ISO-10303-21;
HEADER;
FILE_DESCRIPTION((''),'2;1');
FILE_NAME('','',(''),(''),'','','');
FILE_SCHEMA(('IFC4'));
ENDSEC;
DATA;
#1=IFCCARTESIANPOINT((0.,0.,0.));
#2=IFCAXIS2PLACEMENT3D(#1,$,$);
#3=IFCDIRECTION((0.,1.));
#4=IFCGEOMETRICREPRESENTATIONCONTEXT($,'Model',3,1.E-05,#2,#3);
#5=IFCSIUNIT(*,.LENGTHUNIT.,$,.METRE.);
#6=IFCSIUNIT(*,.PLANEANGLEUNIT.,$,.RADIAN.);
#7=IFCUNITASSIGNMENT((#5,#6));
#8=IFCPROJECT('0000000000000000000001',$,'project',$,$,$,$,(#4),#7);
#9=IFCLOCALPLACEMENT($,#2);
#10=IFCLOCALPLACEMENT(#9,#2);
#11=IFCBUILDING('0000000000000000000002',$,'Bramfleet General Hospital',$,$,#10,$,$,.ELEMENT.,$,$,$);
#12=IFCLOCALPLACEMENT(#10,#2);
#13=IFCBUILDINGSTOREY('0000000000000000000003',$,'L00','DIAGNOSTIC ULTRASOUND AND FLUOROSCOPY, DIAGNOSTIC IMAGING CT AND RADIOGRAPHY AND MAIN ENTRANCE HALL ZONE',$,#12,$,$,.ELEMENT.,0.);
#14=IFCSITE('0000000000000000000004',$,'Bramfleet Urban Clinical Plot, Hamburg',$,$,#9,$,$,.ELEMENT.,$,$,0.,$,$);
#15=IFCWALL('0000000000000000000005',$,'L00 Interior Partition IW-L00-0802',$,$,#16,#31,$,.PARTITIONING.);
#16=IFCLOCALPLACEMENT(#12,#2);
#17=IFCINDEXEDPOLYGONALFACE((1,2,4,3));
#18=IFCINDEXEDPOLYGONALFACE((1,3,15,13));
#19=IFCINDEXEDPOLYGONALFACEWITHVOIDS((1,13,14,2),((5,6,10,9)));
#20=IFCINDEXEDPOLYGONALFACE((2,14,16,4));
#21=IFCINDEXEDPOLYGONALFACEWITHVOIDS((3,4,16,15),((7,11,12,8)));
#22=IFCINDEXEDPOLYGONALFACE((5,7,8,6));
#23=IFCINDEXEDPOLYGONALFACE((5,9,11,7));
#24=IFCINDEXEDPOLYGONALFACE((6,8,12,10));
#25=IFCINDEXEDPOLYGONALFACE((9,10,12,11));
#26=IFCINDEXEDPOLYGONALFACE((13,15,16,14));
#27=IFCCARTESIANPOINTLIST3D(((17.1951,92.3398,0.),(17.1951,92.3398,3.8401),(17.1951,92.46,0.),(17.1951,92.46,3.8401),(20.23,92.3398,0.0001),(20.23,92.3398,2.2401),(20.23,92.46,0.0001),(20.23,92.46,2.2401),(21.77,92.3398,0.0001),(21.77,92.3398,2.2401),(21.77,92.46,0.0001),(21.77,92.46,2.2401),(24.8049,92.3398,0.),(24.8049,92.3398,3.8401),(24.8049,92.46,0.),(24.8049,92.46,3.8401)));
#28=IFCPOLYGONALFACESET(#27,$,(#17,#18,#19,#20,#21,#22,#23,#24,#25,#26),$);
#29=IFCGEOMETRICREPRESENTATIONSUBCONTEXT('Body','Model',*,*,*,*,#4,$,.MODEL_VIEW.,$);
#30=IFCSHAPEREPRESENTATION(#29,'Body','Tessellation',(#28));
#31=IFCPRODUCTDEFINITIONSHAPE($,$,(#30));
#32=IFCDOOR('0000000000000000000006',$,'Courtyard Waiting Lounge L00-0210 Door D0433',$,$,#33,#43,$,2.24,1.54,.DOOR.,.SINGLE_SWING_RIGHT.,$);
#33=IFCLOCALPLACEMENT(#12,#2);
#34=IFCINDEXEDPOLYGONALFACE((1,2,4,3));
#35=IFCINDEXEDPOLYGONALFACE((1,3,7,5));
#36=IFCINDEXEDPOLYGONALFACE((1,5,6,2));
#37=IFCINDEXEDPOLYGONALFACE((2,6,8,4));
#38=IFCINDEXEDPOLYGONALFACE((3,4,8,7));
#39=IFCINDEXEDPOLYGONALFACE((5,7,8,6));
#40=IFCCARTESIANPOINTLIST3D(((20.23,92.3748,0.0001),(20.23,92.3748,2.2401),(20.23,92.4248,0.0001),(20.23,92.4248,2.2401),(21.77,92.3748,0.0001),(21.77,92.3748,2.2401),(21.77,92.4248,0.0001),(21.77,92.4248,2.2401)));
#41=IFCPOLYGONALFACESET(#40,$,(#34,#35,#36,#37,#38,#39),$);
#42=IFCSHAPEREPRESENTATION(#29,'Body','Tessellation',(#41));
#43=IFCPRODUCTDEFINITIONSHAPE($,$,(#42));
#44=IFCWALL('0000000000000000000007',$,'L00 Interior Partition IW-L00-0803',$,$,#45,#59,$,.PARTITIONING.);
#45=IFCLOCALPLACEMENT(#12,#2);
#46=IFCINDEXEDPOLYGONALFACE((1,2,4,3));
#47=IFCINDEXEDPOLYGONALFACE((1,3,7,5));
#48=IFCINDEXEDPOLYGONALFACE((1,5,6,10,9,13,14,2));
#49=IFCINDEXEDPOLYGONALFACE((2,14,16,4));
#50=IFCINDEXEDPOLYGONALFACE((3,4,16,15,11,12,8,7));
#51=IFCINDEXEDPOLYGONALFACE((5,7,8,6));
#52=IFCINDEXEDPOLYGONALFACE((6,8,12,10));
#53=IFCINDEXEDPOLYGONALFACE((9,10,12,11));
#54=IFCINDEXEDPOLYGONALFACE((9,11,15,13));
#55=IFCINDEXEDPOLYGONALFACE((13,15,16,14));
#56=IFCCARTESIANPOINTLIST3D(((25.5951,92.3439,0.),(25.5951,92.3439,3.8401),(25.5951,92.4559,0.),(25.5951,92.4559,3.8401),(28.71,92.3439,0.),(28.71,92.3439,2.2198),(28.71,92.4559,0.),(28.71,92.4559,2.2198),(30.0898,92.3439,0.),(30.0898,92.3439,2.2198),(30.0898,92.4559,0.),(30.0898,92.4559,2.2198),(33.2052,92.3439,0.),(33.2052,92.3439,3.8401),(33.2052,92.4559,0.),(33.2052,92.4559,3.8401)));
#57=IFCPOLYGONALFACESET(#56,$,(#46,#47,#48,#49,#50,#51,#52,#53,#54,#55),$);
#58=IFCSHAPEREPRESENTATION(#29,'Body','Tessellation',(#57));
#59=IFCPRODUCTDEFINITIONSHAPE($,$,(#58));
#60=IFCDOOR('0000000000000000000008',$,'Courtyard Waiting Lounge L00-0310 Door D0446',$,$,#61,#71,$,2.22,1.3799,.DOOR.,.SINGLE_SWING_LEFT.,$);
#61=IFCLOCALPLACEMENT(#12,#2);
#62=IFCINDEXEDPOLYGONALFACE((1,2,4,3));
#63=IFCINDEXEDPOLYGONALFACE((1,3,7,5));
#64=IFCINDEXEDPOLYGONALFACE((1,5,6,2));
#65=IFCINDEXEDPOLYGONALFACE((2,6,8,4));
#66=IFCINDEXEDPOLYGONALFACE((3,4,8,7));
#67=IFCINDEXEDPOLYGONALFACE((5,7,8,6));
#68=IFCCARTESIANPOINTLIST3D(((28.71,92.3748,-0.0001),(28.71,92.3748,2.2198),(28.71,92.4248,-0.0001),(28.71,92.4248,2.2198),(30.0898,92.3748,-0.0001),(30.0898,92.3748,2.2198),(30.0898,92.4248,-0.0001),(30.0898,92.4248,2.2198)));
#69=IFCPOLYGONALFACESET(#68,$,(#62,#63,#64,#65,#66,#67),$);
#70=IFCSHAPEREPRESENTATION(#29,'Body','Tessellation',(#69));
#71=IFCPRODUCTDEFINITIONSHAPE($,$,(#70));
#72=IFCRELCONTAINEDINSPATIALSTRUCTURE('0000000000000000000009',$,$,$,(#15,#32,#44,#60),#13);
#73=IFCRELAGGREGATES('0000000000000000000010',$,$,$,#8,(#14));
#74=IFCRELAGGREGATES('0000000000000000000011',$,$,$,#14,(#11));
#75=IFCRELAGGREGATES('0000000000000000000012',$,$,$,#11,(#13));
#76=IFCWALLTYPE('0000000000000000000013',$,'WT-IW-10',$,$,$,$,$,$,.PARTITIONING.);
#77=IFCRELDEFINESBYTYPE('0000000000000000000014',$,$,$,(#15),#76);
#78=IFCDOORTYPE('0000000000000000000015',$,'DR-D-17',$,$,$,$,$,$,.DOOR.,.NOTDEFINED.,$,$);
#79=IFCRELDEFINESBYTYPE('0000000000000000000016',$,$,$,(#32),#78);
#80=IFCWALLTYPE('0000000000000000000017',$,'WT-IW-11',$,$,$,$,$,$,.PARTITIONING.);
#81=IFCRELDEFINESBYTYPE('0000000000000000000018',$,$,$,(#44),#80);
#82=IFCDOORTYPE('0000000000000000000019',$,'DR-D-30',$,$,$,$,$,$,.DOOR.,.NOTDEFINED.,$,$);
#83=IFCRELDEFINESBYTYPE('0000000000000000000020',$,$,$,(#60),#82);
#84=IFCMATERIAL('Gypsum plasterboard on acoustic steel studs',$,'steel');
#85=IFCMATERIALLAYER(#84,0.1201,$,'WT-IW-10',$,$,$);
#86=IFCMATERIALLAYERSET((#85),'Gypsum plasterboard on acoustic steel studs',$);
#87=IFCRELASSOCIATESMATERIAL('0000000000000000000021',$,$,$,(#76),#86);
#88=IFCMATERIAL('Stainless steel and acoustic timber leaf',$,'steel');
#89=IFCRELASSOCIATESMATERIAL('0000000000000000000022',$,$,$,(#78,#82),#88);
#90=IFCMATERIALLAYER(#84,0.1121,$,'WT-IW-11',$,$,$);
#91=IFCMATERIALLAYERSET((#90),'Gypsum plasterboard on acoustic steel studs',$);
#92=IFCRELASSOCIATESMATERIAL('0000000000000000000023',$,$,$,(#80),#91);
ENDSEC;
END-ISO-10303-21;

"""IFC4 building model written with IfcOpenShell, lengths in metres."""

from ifc_helpers import new_model, si_unit, direction, frame, frame_2d, origin, place, context, subcontext, project, spatial, rectangle, extrude, material, layer, layer_set, type_object, element, fill, save


model = new_model("IFC4")

# Units and contexts
model_context = context("Model", 3, precision=1e-05, world=origin(), true_north=direction((0.0, 1.0)))
body_context = subcontext(model_context, "Body", "Model", "MODEL_VIEW")
ifc_project = project(units=[si_unit("LENGTHUNIT", "METRE"), si_unit("PLANEANGLEUNIT", "RADIAN")], contexts=[model_context])

# Site, building, storey
site_placement = place(None, origin())
site = spatial("IfcSite", under=ifc_project, at=site_placement, Name="Bramfleet Urban Clinical Plot, Hamburg", CompositionType="ELEMENT", RefElevation=0.0)
building_placement = place(site_placement, origin())
building = spatial("IfcBuilding", under=site, at=building_placement, Name="Bramfleet General Hospital", CompositionType="ELEMENT")
storey_placement = place(building_placement, origin())
storey = spatial("IfcBuildingStorey", under=building, at=storey_placement, Name="L00", Description="DIAGNOSTIC ULTRASOUND AND FLUOROSCOPY, DIAGNOSTIC IMAGING CT AND RADIOGRAPHY AND MAIN ENTRANCE HALL ZONE", CompositionType="ELEMENT", Elevation=0.0)

# Shared definitions
ifc_material_1 = material(Name="Stainless steel and acoustic timber leaf", Category="steel")

# Walls, openings, doors
ifc_material_2 = material(Name="Gypsum plasterboard on acoustic steel studs", Category="steel")
ifc_layer_1 = layer(ifc_material_2, 0.1201, Name="WT-IW-10")
ifc_layer_set_1 = layer_set([ifc_layer_1], Name="Gypsum plasterboard on acoustic steel studs")
wall_type_1 = type_object("IfcWallType", Name="WT-IW-10", PredefinedType="PARTITIONING", material=ifc_layer_set_1)
wall_1_placement = place(storey_placement, frame((17.1951, 92.3999, 0.0), z_axis=(0.0, 0.0, 1.0), x_axis=(1.0, 0.0, 0.0)))
wall_1 = element("IfcWall", 1, at=wall_1_placement, inside=storey, type_object=wall_type_1, Name="L00 Interior Partition IW-L00-0802", PredefinedType="PARTITIONING", context=body_context, shape_type="SweptSolid", body=[
    extrude(rectangle(XDim=7.6099, YDim=0.1201, at=frame_2d((3.8049, 0.0))), origin(), (0.0, 0.0, 1.0), 3.8401),
])
opening_1_placement = place(wall_1_placement, frame((3.0349, 0.0, 0.0)))
opening_1 = element("IfcOpeningElement", 2, at=opening_1_placement, cuts=wall_1, PredefinedType="OPENING", context=body_context, shape_type="SweptSolid", body=[
    extrude(rectangle(XDim=1.54, YDim=2.24, at=frame_2d((0.77, 1.1201))), frame((0.0, 0.0701, 0.0), z_axis=(0.0, -1.0, 0.0), x_axis=(1.0, 0.0, 0.0)), (0.0, 0.0, 1.0), 0.1401),
])
door_type_1 = type_object("IfcDoorType", Name="DR-D-17", OperationType="NOTDEFINED", PredefinedType="DOOR", material=ifc_material_1)
door_1_placement = place(opening_1_placement, origin())
door_1 = element("IfcDoor", 3, at=door_1_placement, inside=storey, type_object=door_type_1, Name="Courtyard Waiting Lounge L00-0210 Door D0433", OperationType="SINGLE_SWING_RIGHT", OverallHeight=2.24, OverallWidth=1.54, PredefinedType="DOOR", context=body_context, shape_type="SweptSolid", body=[
    extrude(rectangle(XDim=1.54, YDim=2.24, at=frame_2d((0.77, 1.1201))), frame((0.0, 0.0249, 0.0), z_axis=(0.0, -1.0, 0.0), x_axis=(1.0, 0.0, 0.0)), (0.0, 0.0, 1.0), 0.05),
])
fill(opening_1, door_1)
ifc_layer_2 = layer(ifc_material_2, 0.1121, Name="WT-IW-11")
ifc_layer_set_2 = layer_set([ifc_layer_2], Name="Gypsum plasterboard on acoustic steel studs")
wall_type_2 = type_object("IfcWallType", Name="WT-IW-11", PredefinedType="PARTITIONING", material=ifc_layer_set_2)
wall_2_placement = place(storey_placement, frame((25.595, 92.3999, 0.0), z_axis=(0.0, 0.0, 1.0), x_axis=(1.0, 0.0, 0.0)))
wall_2 = element("IfcWall", 4, at=wall_2_placement, inside=storey, type_object=wall_type_2, Name="L00 Interior Partition IW-L00-0803", PredefinedType="PARTITIONING", context=body_context, shape_type="SweptSolid", body=[
    extrude(rectangle(XDim=7.6101, YDim=0.1121, at=frame_2d((3.8052, 0.0))), origin(), (0.0, 0.0, 1.0), 3.8401),
])
opening_2_placement = place(wall_2_placement, frame((3.115, 0.0, 0.0)))
opening_2 = element("IfcOpeningElement", 5, at=opening_2_placement, cuts=wall_2, PredefinedType="OPENING", context=body_context, shape_type="SweptSolid", body=[
    extrude(rectangle(XDim=1.3799, YDim=2.22, at=frame_2d((0.6899, 1.1099))), frame((0.0, 0.0659, 0.0), z_axis=(0.0, -1.0, 0.0), x_axis=(1.0, 0.0, 0.0)), (0.0, 0.0, 1.0), 0.1321),
])
door_type_2 = type_object("IfcDoorType", Name="DR-D-30", OperationType="NOTDEFINED", PredefinedType="DOOR", material=ifc_material_1)
door_2_placement = place(opening_2_placement, origin())
door_2 = element("IfcDoor", 6, at=door_2_placement, inside=storey, type_object=door_type_2, Name="Courtyard Waiting Lounge L00-0310 Door D0446", OperationType="SINGLE_SWING_LEFT", OverallHeight=2.22, OverallWidth=1.3799, PredefinedType="DOOR", context=body_context, shape_type="SweptSolid", body=[
    extrude(rectangle(XDim=1.3799, YDim=2.22, at=frame_2d((0.6899, 1.1099))), frame((0.0, 0.0249, 0.0), z_axis=(0.0, -1.0, 0.0), x_axis=(1.0, 0.0, 0.0)), (0.0, 0.0, 1.0), 0.05),
])
fill(opening_2, door_2)

save(model, "model.ifc")
